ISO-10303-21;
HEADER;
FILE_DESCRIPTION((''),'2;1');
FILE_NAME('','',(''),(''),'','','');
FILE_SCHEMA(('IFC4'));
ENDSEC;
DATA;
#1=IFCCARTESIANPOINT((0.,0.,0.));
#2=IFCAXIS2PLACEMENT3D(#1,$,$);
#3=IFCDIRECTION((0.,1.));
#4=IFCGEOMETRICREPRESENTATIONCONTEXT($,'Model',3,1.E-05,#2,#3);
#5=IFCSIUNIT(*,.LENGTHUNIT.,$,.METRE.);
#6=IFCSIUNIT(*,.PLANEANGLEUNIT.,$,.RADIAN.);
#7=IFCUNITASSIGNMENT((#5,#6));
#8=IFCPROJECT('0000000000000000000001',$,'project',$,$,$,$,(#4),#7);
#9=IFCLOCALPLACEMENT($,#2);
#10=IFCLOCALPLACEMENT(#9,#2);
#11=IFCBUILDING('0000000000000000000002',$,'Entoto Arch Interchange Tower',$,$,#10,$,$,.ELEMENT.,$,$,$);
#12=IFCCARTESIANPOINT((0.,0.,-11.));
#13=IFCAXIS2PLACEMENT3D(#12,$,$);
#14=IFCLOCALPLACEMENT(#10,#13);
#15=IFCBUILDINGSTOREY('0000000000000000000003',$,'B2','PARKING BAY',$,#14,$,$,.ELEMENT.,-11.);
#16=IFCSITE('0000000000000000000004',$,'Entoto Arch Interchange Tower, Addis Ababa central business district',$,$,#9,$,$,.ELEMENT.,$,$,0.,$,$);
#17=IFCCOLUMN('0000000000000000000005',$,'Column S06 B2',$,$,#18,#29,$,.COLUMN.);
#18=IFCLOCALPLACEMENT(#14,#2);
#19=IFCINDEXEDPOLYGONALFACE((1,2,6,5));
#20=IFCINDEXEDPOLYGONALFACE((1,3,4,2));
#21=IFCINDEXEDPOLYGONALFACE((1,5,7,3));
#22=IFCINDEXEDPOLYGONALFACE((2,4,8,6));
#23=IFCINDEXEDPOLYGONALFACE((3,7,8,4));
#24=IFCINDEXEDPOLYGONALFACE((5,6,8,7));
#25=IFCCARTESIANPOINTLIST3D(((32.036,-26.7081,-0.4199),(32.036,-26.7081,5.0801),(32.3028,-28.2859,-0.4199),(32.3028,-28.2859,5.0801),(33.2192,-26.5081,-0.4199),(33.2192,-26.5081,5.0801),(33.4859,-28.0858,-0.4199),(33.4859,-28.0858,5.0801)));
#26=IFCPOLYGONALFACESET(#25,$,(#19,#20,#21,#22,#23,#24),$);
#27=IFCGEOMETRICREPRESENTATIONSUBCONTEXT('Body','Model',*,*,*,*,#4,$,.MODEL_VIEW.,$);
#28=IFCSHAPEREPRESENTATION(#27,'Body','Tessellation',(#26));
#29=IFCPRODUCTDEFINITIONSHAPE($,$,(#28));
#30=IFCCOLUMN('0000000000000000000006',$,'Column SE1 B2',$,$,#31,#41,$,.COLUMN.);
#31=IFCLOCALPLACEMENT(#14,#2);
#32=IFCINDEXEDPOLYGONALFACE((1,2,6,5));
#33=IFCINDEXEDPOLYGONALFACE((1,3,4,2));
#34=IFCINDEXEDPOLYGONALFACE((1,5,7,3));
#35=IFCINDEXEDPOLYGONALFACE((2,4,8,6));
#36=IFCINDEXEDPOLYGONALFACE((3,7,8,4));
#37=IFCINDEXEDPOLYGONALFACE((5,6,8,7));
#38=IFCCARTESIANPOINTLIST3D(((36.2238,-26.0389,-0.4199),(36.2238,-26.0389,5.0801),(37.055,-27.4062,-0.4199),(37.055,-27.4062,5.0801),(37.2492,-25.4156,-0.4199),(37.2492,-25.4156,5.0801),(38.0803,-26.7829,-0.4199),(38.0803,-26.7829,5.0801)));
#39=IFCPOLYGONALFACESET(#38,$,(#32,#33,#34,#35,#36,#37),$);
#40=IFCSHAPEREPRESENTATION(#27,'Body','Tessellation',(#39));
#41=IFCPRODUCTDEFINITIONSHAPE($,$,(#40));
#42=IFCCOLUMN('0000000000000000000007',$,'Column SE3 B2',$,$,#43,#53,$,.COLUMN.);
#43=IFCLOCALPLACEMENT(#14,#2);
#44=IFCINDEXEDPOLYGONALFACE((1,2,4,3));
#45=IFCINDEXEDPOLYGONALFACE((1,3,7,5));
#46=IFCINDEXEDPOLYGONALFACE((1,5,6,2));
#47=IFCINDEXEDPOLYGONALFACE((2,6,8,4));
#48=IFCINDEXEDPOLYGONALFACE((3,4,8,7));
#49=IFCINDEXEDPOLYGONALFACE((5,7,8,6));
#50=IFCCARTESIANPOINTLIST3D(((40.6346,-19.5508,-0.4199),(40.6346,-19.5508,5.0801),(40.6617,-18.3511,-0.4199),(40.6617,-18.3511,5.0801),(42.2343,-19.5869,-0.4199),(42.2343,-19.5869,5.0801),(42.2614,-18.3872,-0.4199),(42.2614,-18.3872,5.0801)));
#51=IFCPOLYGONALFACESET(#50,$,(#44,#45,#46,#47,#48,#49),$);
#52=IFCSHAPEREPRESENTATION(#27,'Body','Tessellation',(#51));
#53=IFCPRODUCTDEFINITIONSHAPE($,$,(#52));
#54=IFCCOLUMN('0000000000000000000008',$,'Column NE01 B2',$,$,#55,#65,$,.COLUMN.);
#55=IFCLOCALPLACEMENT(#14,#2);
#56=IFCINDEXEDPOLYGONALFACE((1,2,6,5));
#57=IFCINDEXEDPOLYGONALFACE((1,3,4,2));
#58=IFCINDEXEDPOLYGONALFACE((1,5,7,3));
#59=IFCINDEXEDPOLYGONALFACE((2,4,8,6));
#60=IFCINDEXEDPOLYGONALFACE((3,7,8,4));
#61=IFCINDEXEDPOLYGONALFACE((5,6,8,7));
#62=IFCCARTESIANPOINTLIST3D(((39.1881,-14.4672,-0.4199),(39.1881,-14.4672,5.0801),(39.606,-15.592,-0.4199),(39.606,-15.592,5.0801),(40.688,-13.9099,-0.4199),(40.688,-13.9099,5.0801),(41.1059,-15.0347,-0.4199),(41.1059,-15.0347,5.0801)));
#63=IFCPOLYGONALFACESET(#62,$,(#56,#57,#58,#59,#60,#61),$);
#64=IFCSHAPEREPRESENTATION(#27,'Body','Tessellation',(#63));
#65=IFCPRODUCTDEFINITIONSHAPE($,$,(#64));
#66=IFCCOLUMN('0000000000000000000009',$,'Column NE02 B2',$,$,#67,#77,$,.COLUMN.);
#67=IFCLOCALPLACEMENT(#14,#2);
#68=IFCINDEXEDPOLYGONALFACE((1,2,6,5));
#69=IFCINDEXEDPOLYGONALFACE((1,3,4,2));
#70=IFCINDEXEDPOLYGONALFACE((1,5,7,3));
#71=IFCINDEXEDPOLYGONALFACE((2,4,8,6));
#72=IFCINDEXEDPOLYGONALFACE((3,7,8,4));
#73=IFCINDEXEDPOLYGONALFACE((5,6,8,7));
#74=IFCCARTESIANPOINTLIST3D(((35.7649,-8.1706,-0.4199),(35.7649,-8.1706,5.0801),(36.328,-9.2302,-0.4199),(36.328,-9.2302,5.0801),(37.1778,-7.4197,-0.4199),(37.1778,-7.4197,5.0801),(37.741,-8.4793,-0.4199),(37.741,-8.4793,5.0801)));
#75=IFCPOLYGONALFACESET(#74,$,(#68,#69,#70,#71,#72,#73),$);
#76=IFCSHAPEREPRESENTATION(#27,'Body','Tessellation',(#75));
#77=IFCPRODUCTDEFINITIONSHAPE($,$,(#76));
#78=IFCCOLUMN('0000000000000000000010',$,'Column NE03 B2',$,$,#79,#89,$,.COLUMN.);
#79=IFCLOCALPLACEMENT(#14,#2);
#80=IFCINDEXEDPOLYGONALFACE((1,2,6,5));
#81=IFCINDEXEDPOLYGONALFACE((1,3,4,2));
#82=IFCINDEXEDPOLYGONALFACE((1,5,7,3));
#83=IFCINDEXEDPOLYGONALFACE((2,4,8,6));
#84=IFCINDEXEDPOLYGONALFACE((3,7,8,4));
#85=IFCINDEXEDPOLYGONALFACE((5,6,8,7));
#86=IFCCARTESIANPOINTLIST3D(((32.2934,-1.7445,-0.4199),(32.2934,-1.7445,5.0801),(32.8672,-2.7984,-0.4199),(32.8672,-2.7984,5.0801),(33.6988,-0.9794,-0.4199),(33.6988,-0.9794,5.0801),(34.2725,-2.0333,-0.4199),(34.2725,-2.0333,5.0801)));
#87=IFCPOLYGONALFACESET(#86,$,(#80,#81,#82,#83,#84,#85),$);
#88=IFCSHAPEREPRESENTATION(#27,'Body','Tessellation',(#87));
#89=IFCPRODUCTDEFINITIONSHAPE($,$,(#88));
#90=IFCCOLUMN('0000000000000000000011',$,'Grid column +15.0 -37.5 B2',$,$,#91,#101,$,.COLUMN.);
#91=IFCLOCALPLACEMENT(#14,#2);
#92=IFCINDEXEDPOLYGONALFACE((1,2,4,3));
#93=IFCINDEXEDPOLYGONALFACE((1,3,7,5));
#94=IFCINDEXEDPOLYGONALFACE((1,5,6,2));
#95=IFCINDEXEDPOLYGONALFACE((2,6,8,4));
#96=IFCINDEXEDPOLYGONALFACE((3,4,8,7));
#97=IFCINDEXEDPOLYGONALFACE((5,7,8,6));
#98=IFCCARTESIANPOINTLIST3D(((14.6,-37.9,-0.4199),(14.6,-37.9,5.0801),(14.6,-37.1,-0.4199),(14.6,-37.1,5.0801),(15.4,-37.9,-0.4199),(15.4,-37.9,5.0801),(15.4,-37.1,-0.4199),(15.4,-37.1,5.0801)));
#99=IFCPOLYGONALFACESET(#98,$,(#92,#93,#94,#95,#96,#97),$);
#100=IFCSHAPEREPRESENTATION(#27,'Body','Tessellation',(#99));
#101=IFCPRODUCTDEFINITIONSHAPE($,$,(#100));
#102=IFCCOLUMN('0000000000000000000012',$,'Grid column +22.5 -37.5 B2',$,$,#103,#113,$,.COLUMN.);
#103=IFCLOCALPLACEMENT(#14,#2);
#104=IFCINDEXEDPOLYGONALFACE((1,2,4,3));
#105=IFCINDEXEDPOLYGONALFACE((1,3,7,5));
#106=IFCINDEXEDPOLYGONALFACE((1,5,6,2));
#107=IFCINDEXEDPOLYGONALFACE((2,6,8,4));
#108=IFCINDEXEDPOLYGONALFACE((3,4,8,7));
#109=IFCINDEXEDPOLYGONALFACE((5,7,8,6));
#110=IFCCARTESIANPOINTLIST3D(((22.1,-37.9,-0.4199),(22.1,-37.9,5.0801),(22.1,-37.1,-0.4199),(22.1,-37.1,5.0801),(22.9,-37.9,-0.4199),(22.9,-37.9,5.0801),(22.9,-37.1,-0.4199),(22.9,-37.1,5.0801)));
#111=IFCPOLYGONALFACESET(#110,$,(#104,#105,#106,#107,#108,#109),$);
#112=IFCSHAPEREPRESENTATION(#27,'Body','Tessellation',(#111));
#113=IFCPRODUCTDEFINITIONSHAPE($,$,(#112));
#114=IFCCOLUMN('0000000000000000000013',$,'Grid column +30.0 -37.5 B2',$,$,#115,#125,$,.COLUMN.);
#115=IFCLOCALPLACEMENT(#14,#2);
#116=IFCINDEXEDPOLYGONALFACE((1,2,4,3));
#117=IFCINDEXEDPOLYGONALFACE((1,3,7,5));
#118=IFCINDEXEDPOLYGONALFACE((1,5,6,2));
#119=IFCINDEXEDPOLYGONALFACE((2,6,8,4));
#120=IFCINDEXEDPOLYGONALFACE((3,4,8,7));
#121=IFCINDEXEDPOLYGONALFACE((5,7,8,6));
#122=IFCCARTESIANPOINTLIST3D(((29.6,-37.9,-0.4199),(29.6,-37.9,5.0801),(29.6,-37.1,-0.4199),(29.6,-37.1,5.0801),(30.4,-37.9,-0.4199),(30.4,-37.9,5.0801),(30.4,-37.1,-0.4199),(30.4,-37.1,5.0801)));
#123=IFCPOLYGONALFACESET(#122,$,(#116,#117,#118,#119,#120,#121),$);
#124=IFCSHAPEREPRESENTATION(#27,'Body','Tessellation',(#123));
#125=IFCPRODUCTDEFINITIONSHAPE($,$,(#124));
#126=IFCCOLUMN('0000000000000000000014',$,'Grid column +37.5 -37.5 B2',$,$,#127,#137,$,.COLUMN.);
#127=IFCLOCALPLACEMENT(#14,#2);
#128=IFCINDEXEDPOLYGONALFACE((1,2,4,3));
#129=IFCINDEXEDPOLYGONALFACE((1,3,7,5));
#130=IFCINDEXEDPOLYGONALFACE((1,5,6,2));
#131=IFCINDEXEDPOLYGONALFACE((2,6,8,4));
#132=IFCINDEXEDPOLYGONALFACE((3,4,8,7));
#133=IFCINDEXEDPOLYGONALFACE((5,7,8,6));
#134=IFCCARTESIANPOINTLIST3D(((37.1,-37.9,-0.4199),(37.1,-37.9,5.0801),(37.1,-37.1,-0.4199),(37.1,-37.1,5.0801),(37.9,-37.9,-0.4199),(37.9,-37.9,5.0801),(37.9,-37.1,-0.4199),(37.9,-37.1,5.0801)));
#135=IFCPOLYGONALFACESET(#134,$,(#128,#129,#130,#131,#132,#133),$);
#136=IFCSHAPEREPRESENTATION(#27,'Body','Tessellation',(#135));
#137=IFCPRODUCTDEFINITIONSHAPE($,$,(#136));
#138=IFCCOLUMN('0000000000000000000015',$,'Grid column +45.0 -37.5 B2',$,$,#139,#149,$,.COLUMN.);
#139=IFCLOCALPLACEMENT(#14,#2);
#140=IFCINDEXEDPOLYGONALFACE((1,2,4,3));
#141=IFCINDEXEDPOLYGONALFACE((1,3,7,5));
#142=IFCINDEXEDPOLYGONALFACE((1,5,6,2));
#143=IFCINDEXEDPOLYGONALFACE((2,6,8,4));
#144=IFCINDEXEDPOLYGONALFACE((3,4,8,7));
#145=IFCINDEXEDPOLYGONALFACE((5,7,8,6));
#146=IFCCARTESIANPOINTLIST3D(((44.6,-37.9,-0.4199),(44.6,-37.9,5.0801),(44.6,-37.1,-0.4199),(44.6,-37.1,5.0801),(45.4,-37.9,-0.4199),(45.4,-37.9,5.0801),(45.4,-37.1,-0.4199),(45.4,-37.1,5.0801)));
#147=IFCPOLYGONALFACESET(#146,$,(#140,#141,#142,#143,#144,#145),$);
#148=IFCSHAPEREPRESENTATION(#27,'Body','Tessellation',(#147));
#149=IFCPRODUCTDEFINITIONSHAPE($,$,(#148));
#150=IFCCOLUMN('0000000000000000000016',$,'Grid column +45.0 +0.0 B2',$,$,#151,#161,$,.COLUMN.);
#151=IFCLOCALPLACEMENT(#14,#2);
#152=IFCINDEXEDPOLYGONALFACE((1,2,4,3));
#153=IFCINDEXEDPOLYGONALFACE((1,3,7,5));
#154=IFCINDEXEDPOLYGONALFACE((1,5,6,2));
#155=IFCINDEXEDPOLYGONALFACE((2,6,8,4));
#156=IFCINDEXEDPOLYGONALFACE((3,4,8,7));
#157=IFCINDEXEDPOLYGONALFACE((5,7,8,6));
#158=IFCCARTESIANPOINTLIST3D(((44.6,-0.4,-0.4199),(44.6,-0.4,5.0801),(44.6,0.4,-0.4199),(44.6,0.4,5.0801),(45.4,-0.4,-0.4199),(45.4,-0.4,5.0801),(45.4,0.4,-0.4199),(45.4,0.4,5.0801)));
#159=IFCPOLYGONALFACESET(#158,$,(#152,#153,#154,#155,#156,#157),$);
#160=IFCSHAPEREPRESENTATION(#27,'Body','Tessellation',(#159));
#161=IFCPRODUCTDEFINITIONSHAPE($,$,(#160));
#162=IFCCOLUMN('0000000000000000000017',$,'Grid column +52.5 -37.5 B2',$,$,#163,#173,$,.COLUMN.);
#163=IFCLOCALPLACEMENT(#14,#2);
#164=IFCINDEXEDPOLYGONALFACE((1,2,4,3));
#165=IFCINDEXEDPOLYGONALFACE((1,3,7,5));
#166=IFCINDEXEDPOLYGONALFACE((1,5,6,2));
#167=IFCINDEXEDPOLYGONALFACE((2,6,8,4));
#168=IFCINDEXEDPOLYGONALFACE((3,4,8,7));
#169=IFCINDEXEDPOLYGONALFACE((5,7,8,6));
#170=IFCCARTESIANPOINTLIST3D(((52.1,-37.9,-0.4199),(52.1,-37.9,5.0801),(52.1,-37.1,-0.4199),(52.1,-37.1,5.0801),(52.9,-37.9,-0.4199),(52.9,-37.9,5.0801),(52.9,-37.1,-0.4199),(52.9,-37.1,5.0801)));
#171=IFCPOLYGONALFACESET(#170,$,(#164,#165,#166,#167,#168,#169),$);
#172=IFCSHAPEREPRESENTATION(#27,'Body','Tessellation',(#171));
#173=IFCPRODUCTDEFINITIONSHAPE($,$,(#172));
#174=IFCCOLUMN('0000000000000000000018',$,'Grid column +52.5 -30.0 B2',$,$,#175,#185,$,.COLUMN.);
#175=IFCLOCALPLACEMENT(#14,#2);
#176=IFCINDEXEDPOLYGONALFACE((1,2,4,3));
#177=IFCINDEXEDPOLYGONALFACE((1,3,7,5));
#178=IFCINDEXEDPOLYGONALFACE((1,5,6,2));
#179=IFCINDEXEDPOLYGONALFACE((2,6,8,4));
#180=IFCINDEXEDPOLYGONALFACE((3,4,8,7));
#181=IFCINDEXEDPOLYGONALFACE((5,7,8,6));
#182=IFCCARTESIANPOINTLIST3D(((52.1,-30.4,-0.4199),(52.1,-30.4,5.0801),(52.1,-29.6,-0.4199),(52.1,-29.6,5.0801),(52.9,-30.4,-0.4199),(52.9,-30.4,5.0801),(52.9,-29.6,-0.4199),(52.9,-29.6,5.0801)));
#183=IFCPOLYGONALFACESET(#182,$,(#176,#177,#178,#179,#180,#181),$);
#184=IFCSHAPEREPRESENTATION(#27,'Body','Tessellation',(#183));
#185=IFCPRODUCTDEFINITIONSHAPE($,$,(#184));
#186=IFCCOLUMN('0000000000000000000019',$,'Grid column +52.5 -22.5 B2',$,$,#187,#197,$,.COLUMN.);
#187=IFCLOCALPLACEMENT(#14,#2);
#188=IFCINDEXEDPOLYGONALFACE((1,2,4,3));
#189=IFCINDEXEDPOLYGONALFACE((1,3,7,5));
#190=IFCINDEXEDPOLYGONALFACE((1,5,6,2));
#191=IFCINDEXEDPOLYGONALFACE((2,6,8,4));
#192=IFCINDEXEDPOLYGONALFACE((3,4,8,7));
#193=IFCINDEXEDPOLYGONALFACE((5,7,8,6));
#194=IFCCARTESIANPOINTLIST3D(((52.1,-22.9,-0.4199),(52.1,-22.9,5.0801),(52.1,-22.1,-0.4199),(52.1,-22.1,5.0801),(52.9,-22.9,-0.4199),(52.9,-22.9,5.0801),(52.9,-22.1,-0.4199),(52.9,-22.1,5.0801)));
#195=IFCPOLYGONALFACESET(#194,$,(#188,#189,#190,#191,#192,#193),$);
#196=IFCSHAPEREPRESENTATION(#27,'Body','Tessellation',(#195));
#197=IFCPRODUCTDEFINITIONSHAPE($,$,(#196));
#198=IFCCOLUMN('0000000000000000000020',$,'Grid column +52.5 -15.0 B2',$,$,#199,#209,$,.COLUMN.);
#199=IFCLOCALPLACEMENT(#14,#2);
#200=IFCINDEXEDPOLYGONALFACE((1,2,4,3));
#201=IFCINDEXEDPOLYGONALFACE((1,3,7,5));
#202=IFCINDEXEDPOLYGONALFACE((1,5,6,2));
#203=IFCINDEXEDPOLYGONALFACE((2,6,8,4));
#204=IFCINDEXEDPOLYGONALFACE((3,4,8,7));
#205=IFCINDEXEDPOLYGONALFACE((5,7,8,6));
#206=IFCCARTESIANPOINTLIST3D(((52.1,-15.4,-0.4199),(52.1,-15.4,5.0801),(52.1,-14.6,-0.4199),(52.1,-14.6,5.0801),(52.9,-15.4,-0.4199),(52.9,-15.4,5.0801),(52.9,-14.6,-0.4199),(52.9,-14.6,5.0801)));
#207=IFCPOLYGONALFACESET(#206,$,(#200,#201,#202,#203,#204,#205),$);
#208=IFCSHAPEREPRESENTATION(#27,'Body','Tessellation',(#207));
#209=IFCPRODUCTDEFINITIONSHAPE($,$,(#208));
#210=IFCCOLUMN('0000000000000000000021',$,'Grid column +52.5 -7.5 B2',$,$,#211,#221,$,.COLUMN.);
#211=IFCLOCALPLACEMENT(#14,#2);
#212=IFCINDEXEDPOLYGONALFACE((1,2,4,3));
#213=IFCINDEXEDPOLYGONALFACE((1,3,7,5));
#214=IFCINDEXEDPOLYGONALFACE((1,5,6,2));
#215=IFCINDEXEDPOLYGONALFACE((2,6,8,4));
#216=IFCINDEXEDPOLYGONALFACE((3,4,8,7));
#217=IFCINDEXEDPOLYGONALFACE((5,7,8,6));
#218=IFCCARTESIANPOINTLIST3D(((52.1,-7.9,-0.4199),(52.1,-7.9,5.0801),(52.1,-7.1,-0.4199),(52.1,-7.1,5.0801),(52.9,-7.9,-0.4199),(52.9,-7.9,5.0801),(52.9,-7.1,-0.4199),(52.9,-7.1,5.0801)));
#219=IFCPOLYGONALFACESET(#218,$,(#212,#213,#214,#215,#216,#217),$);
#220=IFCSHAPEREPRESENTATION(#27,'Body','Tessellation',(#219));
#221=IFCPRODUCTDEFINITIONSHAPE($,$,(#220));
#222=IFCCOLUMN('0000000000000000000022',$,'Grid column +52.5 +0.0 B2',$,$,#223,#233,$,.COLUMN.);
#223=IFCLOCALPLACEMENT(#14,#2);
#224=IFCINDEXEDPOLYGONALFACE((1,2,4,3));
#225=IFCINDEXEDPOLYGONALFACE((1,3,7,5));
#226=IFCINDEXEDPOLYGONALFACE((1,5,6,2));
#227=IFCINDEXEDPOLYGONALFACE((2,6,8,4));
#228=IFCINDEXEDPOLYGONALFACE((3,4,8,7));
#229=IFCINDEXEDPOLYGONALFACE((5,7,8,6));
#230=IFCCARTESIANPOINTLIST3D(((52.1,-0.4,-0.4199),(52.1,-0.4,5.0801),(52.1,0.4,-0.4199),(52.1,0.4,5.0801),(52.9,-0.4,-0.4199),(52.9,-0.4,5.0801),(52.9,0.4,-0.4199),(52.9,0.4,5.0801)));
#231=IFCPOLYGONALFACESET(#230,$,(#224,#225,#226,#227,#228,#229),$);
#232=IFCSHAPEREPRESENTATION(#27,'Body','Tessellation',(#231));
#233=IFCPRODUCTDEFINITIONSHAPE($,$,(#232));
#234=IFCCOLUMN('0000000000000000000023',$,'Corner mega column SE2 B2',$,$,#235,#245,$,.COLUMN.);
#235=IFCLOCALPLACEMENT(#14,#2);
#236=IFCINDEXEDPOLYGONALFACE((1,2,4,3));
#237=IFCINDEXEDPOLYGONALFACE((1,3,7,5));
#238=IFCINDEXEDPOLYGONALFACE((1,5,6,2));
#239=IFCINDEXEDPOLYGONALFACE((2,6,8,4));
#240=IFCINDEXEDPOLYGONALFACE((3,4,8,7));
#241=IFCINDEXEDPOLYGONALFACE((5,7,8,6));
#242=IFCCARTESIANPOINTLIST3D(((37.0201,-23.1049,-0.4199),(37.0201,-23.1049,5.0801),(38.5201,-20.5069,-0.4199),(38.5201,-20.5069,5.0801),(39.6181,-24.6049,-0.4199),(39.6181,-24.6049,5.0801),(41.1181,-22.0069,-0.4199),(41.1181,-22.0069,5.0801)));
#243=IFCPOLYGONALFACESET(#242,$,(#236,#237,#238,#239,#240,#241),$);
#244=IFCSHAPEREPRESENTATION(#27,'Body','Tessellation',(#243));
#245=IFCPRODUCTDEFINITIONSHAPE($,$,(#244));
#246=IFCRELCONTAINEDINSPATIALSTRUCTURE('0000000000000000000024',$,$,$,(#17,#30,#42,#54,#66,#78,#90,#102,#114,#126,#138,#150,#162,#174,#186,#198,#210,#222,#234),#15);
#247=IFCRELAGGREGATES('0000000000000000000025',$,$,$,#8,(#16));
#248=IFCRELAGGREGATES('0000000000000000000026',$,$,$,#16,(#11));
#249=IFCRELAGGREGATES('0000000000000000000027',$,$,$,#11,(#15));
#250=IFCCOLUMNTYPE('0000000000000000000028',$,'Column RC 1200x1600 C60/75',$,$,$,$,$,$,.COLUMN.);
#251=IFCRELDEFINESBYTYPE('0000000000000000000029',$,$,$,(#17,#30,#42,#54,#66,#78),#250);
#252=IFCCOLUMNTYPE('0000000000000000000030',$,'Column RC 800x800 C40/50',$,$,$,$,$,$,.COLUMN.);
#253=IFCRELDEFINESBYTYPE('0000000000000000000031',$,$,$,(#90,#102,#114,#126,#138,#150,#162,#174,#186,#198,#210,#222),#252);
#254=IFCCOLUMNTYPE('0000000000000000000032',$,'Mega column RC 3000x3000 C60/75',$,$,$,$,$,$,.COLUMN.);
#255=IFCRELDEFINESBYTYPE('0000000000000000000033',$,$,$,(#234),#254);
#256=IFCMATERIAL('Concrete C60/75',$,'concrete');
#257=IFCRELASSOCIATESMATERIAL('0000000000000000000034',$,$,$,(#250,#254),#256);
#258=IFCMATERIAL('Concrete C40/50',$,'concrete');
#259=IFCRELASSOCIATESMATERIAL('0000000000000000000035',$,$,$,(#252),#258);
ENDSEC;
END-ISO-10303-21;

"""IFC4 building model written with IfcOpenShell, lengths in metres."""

from ifc_helpers import new_model, si_unit, direction, frame, origin, origin_2d, place, context, subcontext, project, spatial, rectangle, extrude, material, material_profile, profile_set, type_object, element, save


model = new_model("IFC4")

# Units and contexts
model_context = context("Model", 3, precision=1e-05, world=origin(), true_north=direction((0.0, 1.0)))
body_context = subcontext(model_context, "Body", "Model", "MODEL_VIEW")
ifc_project = project(units=[si_unit("LENGTHUNIT", "METRE"), si_unit("PLANEANGLEUNIT", "RADIAN")], contexts=[model_context])

# Site, building, storey
site_placement = place(None, origin())
site = spatial("IfcSite", under=ifc_project, at=site_placement, Name="Entoto Arch Interchange Tower, Addis Ababa central business district", CompositionType="ELEMENT", RefElevation=0.0)
building_placement = place(site_placement, origin())
building = spatial("IfcBuilding", under=site, at=building_placement, Name="Entoto Arch Interchange Tower", CompositionType="ELEMENT")
storey_placement = place(building_placement, frame((0.0, 0.0, -11.0)))
storey = spatial("IfcBuildingStorey", under=building, at=storey_placement, Name="B2", Description="PARKING BAY", CompositionType="ELEMENT", Elevation=-11.0)

# Columns
ifc_material_1 = material(Name="Concrete C60/75", Category="concrete")
ifc_material_profile_1 = material_profile(ifc_material_1, rectangle(XDim=1.2, YDim=1.6001, at=origin_2d()))
ifc_profile_set_1 = profile_set([ifc_material_profile_1], Name="Concrete C60/75")
column_type_1 = type_object("IfcColumnType", Name="Column RC 1200x1600 C60/75", PredefinedType="COLUMN", material=ifc_profile_set_1)
for number, where, z_axis, x_axis, name in (
    (1, (32.761, -27.397, -0.4199), (0.0, 0.0, 1.0), (0.986005, 0.166717, 0.0), "Column S06 B2"),
    (2, (37.1521, -26.4109, -0.4199), (0.0, 0.0, 1.0), (0.854522, 0.519415, 0.0), "Column SE1 B2"),
    (3, (41.448, -18.969, -0.4199), (0.0, 0.0, 1.0), (0.022565, 0.999745, 0.0), "Column SE3 B2"),
    (4, (40.147, -14.751, -0.4199), (0.0, 0.0, 1.0), (-0.348278, 0.937391, 0.0), "Column NE01 B2"),
    (5, (36.7529, -8.325, -0.4199), (0.0, 0.0, 1.0), (-0.469317, 0.88303, 0.0), "Column NE02 B2"),
    (6, (33.283, -1.8889, -0.4199), (0.0, 0.0, 1.0), (-0.47814, 0.878284, 0.0), "Column NE03 B2"),
):
    element("IfcColumn", number, at=place(storey_placement, frame(where, z_axis=z_axis, x_axis=x_axis)), inside=storey, type_object=column_type_1, Name=name, PredefinedType="COLUMN", context=body_context, shape_type="SweptSolid", body=[
        extrude(rectangle(XDim=1.2, YDim=1.6001, at=origin_2d()), origin(), (0.0, 0.0, 1.0), 5.5),
    ])
ifc_material_2 = material(Name="Concrete C40/50", Category="concrete")
ifc_material_profile_2 = material_profile(ifc_material_2, rectangle(XDim=0.8, YDim=0.8, at=origin_2d()))
ifc_profile_set_2 = profile_set([ifc_material_profile_2], Name="Concrete C40/50")
column_type_2 = type_object("IfcColumnType", Name="Column RC 800x800 C40/50", PredefinedType="COLUMN", material=ifc_profile_set_2)
for number, where, z_axis, x_axis, name in (
    (7, (15.0, -37.5, -0.4199), (0.0, 0.0, 1.0), (1.0, 0.0, 0.0), "Grid column +15.0 -37.5 B2"),
    (8, (22.5, -37.5, -0.4199), (0.0, 0.0, 1.0), (1.0, 0.0, 0.0), "Grid column +22.5 -37.5 B2"),
    (9, (30.0, -37.5, -0.4199), (0.0, 0.0, 1.0), (1.0, 0.0, 0.0), "Grid column +30.0 -37.5 B2"),
    (10, (37.5, -37.5, -0.4199), (0.0, 0.0, 1.0), (1.0, 0.0, 0.0), "Grid column +37.5 -37.5 B2"),
    (11, (45.0, -37.5, -0.4199), (0.0, 0.0, 1.0), (1.0, 0.0, 0.0), "Grid column +45.0 -37.5 B2"),
    (12, (45.0, 0.0, -0.4199), (0.0, 0.0, 1.0), (1.0, 0.0, 0.0), "Grid column +45.0 +0.0 B2"),
    (13, (52.5, -37.5, -0.4199), (0.0, 0.0, 1.0), (1.0, 0.0, 0.0), "Grid column +52.5 -37.5 B2"),
    (14, (52.5, -30.0, -0.4199), (0.0, 0.0, 1.0), (1.0, 0.0, 0.0), "Grid column +52.5 -30.0 B2"),
    (15, (52.5, -22.5, -0.4199), (0.0, 0.0, 1.0), (1.0, 0.0, 0.0), "Grid column +52.5 -22.5 B2"),
    (16, (52.5, -15.0, -0.4199), (0.0, 0.0, 1.0), (1.0, 0.0, 0.0), "Grid column +52.5 -15.0 B2"),
    (17, (52.5, -7.5, -0.4199), (0.0, 0.0, 1.0), (1.0, 0.0, 0.0), "Grid column +52.5 -7.5 B2"),
    (18, (52.5, 0.0, -0.4199), (0.0, 0.0, 1.0), (1.0, 0.0, 0.0), "Grid column +52.5 +0.0 B2"),
):
    element("IfcColumn", number, at=place(storey_placement, frame(where, z_axis=z_axis, x_axis=x_axis)), inside=storey, type_object=column_type_2, Name=name, PredefinedType="COLUMN", context=body_context, shape_type="SweptSolid", body=[
        extrude(rectangle(XDim=0.8, YDim=0.8, at=origin_2d()), origin(), (0.0, 0.0, 1.0), 5.5),
    ])
ifc_material_profile_3 = material_profile(ifc_material_1, rectangle(XDim=3.0, YDim=3.0, at=origin_2d()))
ifc_profile_set_3 = profile_set([ifc_material_profile_3], Name="Concrete C60/75")
column_type_3 = type_object("IfcColumnType", Name="Mega column RC 3000x3000 C60/75", PredefinedType="COLUMN", material=ifc_profile_set_3)
column_placement = place(storey_placement, frame((39.0691, -22.5559, -0.4199), z_axis=(0.0, 0.0, 1.0), x_axis=(-0.866025, 0.5, 0.0)))
element("IfcColumn", 19, at=column_placement, inside=storey, type_object=column_type_3, Name="Corner mega column SE2 B2", PredefinedType="COLUMN", context=body_context, shape_type="SweptSolid", body=[
    extrude(rectangle(XDim=3.0, YDim=3.0, at=origin_2d()), origin(), (0.0, 0.0, 1.0), 5.5),
])

save(model, "model.ifc")
